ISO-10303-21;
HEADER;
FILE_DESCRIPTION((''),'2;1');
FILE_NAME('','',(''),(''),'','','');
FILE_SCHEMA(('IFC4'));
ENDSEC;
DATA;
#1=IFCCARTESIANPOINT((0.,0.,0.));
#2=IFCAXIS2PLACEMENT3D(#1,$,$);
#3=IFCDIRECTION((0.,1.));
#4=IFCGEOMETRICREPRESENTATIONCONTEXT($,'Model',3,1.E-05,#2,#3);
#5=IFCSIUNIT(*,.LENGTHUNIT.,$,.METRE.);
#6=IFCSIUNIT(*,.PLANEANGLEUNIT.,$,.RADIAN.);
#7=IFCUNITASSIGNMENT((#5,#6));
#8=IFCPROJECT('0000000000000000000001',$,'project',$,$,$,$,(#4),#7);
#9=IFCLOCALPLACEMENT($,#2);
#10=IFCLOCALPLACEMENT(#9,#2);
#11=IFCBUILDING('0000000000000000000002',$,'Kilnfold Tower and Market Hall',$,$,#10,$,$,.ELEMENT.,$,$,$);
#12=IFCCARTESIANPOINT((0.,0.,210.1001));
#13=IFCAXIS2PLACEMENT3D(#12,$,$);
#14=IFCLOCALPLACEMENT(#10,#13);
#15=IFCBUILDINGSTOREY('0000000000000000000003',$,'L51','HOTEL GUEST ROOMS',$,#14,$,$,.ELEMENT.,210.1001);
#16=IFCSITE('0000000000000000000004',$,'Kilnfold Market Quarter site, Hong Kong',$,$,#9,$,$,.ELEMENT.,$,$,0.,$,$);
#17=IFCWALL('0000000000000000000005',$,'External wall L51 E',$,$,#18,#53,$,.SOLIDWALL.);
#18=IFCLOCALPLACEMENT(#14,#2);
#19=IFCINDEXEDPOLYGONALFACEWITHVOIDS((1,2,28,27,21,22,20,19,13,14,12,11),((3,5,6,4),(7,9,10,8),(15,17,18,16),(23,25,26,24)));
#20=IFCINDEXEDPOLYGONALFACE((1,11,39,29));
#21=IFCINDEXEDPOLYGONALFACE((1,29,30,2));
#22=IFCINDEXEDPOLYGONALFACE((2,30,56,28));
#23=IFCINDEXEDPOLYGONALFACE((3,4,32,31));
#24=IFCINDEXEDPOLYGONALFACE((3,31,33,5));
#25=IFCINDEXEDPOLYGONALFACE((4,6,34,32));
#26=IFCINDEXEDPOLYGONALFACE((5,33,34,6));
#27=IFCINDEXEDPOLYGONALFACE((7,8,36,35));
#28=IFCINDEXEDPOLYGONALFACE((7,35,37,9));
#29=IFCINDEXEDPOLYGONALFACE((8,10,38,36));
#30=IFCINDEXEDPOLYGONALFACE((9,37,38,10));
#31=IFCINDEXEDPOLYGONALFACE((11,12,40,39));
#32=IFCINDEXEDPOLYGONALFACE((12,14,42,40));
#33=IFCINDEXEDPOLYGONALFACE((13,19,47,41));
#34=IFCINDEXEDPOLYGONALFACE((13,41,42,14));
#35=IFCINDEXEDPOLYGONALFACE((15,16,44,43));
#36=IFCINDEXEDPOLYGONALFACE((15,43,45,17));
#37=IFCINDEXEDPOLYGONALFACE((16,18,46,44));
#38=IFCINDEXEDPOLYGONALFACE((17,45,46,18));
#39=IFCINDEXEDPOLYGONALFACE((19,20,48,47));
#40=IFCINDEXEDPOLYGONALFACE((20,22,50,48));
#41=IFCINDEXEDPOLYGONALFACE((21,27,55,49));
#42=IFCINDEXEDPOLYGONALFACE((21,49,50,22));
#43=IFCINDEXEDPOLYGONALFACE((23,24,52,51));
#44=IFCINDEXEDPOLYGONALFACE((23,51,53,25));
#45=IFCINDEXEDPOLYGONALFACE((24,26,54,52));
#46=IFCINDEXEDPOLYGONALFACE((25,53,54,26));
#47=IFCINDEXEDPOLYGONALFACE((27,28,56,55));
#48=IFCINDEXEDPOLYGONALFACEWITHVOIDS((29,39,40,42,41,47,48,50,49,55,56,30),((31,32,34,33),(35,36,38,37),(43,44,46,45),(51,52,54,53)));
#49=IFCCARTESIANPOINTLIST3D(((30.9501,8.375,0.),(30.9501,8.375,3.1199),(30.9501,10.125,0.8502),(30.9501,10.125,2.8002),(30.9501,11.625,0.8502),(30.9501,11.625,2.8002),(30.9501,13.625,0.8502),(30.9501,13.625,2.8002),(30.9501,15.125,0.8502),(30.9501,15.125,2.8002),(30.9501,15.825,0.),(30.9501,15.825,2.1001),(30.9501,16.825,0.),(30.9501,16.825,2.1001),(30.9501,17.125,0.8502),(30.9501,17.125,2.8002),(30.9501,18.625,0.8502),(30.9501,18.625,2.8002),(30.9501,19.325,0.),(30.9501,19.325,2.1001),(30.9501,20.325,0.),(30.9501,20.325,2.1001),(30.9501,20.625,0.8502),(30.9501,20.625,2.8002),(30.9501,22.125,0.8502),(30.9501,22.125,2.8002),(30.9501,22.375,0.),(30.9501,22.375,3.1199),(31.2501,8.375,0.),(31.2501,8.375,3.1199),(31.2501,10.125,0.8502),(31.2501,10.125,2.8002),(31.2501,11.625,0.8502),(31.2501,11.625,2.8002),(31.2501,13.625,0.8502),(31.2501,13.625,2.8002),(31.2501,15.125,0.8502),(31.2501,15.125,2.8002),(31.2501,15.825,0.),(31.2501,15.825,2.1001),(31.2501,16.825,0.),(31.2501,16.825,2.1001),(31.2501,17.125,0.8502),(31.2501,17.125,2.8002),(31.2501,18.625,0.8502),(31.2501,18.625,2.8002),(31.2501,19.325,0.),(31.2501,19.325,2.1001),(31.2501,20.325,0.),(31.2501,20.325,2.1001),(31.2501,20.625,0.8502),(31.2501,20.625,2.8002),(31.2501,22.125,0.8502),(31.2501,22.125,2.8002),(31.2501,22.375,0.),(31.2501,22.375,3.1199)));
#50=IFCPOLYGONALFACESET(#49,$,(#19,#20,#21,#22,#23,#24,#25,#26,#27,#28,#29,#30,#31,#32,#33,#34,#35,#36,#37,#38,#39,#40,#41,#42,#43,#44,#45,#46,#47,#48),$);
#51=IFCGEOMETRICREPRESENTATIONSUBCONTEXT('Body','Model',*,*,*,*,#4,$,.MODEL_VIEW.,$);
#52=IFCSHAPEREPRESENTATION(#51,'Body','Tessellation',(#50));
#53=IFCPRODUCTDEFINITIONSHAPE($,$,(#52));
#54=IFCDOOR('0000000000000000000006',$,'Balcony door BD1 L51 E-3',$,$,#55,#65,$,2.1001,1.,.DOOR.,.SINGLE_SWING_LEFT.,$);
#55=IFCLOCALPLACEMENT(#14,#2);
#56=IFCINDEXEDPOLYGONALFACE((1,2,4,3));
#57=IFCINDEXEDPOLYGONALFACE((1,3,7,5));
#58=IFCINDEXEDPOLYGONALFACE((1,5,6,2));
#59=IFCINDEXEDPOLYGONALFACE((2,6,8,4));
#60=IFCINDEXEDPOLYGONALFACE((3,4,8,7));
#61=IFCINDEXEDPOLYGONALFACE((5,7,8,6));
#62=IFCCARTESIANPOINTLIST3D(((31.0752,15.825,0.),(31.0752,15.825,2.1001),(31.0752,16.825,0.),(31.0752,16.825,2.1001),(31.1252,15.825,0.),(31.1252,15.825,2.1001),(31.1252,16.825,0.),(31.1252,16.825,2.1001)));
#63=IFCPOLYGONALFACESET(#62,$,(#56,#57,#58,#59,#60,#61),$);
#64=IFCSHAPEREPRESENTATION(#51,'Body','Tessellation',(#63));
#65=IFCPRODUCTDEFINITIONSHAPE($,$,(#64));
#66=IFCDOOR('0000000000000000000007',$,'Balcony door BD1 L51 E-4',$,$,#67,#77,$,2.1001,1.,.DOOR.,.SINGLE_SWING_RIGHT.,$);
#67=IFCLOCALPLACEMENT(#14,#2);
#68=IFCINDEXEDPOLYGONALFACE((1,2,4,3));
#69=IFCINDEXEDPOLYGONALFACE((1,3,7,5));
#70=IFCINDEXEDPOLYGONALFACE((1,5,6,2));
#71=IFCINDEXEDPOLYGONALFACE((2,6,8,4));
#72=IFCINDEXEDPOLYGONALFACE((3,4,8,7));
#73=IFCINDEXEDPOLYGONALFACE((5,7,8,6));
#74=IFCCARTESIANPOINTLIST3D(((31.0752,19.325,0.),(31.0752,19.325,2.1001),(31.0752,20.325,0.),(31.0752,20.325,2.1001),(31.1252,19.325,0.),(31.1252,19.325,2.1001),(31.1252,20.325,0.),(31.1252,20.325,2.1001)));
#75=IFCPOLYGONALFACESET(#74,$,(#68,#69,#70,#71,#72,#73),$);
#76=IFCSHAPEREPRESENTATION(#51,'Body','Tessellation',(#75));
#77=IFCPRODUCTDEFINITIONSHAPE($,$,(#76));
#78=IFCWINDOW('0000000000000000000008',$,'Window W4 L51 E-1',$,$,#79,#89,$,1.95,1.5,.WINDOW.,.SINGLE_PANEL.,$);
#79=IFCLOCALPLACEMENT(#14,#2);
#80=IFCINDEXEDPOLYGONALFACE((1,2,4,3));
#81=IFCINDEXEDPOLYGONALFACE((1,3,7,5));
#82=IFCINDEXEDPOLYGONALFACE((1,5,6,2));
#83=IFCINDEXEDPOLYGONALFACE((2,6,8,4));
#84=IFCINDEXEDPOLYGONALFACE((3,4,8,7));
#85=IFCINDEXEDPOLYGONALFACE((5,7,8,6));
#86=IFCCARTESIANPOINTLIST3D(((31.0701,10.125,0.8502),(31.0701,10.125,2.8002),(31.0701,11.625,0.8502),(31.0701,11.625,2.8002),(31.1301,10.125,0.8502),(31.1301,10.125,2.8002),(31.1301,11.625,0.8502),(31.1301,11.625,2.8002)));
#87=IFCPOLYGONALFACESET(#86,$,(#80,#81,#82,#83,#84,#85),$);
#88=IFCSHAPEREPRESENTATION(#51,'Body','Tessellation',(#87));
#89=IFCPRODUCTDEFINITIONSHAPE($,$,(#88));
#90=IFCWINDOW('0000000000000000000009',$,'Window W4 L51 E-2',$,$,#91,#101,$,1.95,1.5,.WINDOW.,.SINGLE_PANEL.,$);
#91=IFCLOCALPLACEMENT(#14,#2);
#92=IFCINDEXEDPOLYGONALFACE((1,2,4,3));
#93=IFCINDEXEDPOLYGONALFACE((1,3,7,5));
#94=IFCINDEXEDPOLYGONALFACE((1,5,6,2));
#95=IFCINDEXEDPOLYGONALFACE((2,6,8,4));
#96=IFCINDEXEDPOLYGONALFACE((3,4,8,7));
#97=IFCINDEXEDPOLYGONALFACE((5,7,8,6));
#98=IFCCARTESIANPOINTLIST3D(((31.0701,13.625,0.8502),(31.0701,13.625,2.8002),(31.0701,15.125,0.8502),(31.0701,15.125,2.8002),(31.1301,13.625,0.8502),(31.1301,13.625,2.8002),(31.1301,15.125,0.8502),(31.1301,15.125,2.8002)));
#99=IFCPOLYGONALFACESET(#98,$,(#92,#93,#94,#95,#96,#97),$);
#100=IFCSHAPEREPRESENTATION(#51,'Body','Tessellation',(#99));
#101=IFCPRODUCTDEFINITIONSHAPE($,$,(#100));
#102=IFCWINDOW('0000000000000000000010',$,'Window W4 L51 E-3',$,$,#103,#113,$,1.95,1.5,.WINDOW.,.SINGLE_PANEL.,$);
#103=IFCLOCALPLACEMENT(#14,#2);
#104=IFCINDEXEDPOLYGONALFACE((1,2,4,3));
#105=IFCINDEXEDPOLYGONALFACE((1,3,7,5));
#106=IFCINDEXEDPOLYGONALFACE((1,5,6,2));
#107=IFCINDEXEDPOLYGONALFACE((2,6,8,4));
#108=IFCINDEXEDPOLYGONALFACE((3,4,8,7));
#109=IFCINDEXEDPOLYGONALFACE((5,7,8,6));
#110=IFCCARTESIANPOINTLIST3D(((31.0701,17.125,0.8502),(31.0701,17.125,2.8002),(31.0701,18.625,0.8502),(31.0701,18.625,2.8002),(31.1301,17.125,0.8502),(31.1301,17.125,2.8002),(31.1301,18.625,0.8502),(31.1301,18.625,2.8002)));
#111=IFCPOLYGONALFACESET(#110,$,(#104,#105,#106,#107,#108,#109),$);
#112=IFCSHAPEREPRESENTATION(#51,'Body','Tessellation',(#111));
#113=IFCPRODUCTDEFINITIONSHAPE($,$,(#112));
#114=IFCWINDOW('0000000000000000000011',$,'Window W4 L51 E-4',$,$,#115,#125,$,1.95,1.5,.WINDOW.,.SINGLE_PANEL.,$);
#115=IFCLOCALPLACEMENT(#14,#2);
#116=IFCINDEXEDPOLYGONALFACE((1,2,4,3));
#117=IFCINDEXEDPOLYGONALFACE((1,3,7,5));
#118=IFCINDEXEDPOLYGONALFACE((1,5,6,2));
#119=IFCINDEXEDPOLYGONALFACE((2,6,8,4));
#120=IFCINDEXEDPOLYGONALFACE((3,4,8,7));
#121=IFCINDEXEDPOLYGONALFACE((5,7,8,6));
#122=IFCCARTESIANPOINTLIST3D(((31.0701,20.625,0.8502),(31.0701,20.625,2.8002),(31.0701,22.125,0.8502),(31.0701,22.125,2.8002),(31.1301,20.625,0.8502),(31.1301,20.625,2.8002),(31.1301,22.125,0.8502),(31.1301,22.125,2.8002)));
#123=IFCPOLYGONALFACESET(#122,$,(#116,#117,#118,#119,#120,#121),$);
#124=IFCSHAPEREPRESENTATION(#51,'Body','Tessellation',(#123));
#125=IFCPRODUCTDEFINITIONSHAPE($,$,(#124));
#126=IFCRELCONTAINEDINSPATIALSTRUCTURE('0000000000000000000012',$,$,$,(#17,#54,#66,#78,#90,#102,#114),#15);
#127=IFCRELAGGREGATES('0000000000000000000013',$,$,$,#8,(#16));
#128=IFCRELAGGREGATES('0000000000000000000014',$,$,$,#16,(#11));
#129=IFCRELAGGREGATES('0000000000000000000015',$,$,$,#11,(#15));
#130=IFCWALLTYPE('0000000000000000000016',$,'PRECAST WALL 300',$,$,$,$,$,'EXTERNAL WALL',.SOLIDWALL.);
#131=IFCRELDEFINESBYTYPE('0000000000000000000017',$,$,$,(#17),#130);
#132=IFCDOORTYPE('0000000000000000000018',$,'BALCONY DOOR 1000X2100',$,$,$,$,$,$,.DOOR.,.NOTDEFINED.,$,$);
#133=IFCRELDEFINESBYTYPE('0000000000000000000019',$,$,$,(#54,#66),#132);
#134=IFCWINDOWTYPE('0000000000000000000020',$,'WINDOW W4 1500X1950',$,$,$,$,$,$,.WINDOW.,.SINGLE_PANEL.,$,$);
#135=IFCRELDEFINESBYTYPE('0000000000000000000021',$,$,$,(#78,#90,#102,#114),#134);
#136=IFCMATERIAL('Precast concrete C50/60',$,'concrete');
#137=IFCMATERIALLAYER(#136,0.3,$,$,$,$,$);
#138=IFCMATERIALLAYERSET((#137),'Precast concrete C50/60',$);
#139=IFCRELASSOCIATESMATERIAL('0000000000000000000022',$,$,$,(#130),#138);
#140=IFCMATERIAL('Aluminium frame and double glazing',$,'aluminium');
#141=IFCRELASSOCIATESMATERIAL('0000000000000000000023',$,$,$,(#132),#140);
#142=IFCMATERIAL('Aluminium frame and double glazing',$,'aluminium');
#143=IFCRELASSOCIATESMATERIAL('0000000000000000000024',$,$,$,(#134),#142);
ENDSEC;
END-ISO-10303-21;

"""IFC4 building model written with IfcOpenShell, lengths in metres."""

from ifc_helpers import new_model, si_unit, direction, frame, frame_2d, origin, place, context, subcontext, project, spatial, rectangle, extrude, source, transform, mapped, material, layer, layer_set, type_object, element, fill, save


model = new_model("IFC4")

# Units and contexts
model_context = context("Model", 3, precision=1e-05, world=origin(), true_north=direction((0.0, 1.0)))
body_context = subcontext(model_context, "Body", "Model", "MODEL_VIEW")
ifc_project = project(units=[si_unit("LENGTHUNIT", "METRE"), si_unit("PLANEANGLEUNIT", "RADIAN")], contexts=[model_context])

# Site, building, storey
site_placement = place(None, origin())
site = spatial("IfcSite", under=ifc_project, at=site_placement, Name="Kilnfold Market Quarter site, Hong Kong", CompositionType="ELEMENT", RefElevation=0.0)
building_placement = place(site_placement, origin())
building = spatial("IfcBuilding", under=site, at=building_placement, Name="Kilnfold Tower and Market Hall", CompositionType="ELEMENT")
storey_placement = place(building_placement, frame((0.0, 0.0, 210.1001)))
storey = spatial("IfcBuildingStorey", under=building, at=storey_placement, Name="L51", Description="HOTEL GUEST ROOMS", CompositionType="ELEMENT", Elevation=210.1001)

# Wall, openings, doors, windows
ifc_material_1 = material(Name="Precast concrete C50/60", Category="concrete")
ifc_layer_1 = layer(ifc_material_1, 0.3)
ifc_layer_set_1 = layer_set([ifc_layer_1], Name="Precast concrete C50/60")
wall_type_1 = type_object("IfcWallType", Name="PRECAST WALL 300", ElementType="EXTERNAL WALL", PredefinedType="SOLIDWALL", material=ifc_layer_set_1)
shared_shape_1 = source(origin(), body_context, "Body", "SweptSolid", [
    extrude(rectangle(XDim=14.0, YDim=0.3, at=frame_2d((7.0, 0.0))), origin(), (0.0, 0.0, 1.0), 3.1199),
])
wall_1_placement = place(storey_placement, frame((31.1001, 8.375, 0.0), z_axis=(0.0, 0.0, 1.0), x_axis=(0.0, 1.0, 0.0)))
wall_1 = element("IfcWall", 1, at=wall_1_placement, inside=storey, type_object=wall_type_1, Name="External wall L51 E", PredefinedType="SOLIDWALL", context=body_context, shape_type="MappedRepresentation", body=[
    mapped(shared_shape_1, transform((0.0, 0.0, 0.0))),
])
opening_1_placement = place(wall_1_placement, frame((1.75, 0.0, 0.8501)))
opening_1 = element("IfcOpeningElement", 2, at=opening_1_placement, cuts=wall_1, PredefinedType="OPENING", context=body_context, shape_type="SweptSolid", body=[
    extrude(rectangle(XDim=1.5, YDim=1.95, at=frame_2d((0.75, 0.9751))), frame((0.0, 0.1602, 0.0), z_axis=(0.0, -1.0, 0.0), x_axis=(1.0, 0.0, 0.0)), (0.0, 0.0, 1.0), 0.3201),
])
opening_2_placement = place(wall_1_placement, frame((5.25, 0.0, 0.8501)))
opening_2 = element("IfcOpeningElement", 3, at=opening_2_placement, cuts=wall_1, PredefinedType="OPENING", context=body_context, shape_type="SweptSolid", body=[
    extrude(rectangle(XDim=1.5, YDim=1.95, at=frame_2d((0.75, 0.9751))), frame((0.0, 0.1602, 0.0), z_axis=(0.0, -1.0, 0.0), x_axis=(1.0, 0.0, 0.0)), (0.0, 0.0, 1.0), 0.3201),
])
opening_3_placement = place(wall_1_placement, frame((8.75, 0.0, 0.8501)))
opening_3 = element("IfcOpeningElement", 4, at=opening_3_placement, cuts=wall_1, PredefinedType="OPENING", context=body_context, shape_type="SweptSolid", body=[
    extrude(rectangle(XDim=1.5, YDim=1.95, at=frame_2d((0.75, 0.9751))), frame((0.0, 0.1602, 0.0), z_axis=(0.0, -1.0, 0.0), x_axis=(1.0, 0.0, 0.0)), (0.0, 0.0, 1.0), 0.3201),
])
opening_4_placement = place(wall_1_placement, frame((7.45, 0.0, 0.0)))
opening_4 = element("IfcOpeningElement", 5, at=opening_4_placement, cuts=wall_1, PredefinedType="OPENING", context=body_context, shape_type="SweptSolid", body=[
    extrude(rectangle(XDim=1.0, YDim=2.1001, at=frame_2d((0.5, 1.05))), frame((0.0, 0.1602, 0.0), z_axis=(0.0, -1.0, 0.0), x_axis=(1.0, 0.0, 0.0)), (0.0, 0.0, 1.0), 0.3201),
])
opening_5_placement = place(wall_1_placement, frame((12.25, 0.0, 0.8501)))
opening_5 = element("IfcOpeningElement", 6, at=opening_5_placement, cuts=wall_1, PredefinedType="OPENING", context=body_context, shape_type="SweptSolid", body=[
    extrude(rectangle(XDim=1.5, YDim=1.95, at=frame_2d((0.75, 0.9751))), frame((0.0, 0.1602, 0.0), z_axis=(0.0, -1.0, 0.0), x_axis=(1.0, 0.0, 0.0)), (0.0, 0.0, 1.0), 0.3201),
])
opening_6_placement = place(wall_1_placement, frame((10.95, 0.0, 0.0)))
opening_6 = element("IfcOpeningElement", 7, at=opening_6_placement, cuts=wall_1, PredefinedType="OPENING", context=body_context, shape_type="SweptSolid", body=[
    extrude(rectangle(XDim=1.0, YDim=2.1001, at=frame_2d((0.5, 1.05))), frame((0.0, 0.1602, 0.0), z_axis=(0.0, -1.0, 0.0), x_axis=(1.0, 0.0, 0.0)), (0.0, 0.0, 1.0), 0.3201),
])
ifc_material_2 = material(Name="Aluminium frame and double glazing", Category="aluminium")
door_type_1 = type_object("IfcDoorType", Name="BALCONY DOOR 1000X2100", OperationType="NOTDEFINED", PredefinedType="DOOR", material=ifc_material_2)
door_1_placement = place(opening_4_placement, origin())
door_1 = element("IfcDoor", 8, at=door_1_placement, inside=storey, type_object=door_type_1, Name="Balcony door BD1 L51 E-3", OperationType="SINGLE_SWING_LEFT", OverallHeight=2.1001, OverallWidth=1.0, PredefinedType="DOOR", context=body_context, shape_type="SweptSolid", body=[
    extrude(rectangle(XDim=1.0, YDim=2.1001, at=frame_2d((0.5, 1.05))), frame((0.0, 0.0249, 0.0), z_axis=(0.0, -1.0, 0.0), x_axis=(1.0, 0.0, 0.0)), (0.0, 0.0, 1.0), 0.05),
])
fill(opening_4, door_1)
door_2_placement = place(opening_6_placement, origin())
door_2 = element("IfcDoor", 9, at=door_2_placement, inside=storey, type_object=door_type_1, Name="Balcony door BD1 L51 E-4", OperationType="SINGLE_SWING_RIGHT", OverallHeight=2.1001, OverallWidth=1.0, PredefinedType="DOOR", context=body_context, shape_type="SweptSolid", body=[
    extrude(rectangle(XDim=1.0, YDim=2.1001, at=frame_2d((0.5, 1.05))), frame((0.0, 0.0249, 0.0), z_axis=(0.0, -1.0, 0.0), x_axis=(1.0, 0.0, 0.0)), (0.0, 0.0, 1.0), 0.05),
])
fill(opening_6, door_2)
ifc_material_3 = material(Name="Aluminium frame and double glazing", Category="aluminium")
window_type = type_object("IfcWindowType", Name="WINDOW W4 1500X1950", PartitioningType="SINGLE_PANEL", PredefinedType="WINDOW", material=ifc_material_3)
window_1_placement = place(opening_1_placement, origin())
window_1 = element("IfcWindow", 10, at=window_1_placement, inside=storey, type_object=window_type, Name="Window W4 L51 E-1", OverallHeight=1.95, OverallWidth=1.5, PartitioningType="SINGLE_PANEL", PredefinedType="WINDOW", context=body_context, shape_type="SweptSolid", body=[
    extrude(rectangle(XDim=1.5, YDim=1.95, at=frame_2d((0.75, 0.9751))), frame((0.0, 0.03, 0.0), z_axis=(0.0, -1.0, 0.0), x_axis=(1.0, 0.0, 0.0)), (0.0, 0.0, 1.0), 0.0601),
])
fill(opening_1, window_1)
window_2_placement = place(opening_2_placement, origin())
window_2 = element("IfcWindow", 11, at=window_2_placement, inside=storey, type_object=window_type, Name="Window W4 L51 E-2", OverallHeight=1.95, OverallWidth=1.5, PartitioningType="SINGLE_PANEL", PredefinedType="WINDOW", context=body_context, shape_type="SweptSolid", body=[
    extrude(rectangle(XDim=1.5, YDim=1.95, at=frame_2d((0.75, 0.9751))), frame((0.0, 0.03, 0.0), z_axis=(0.0, -1.0, 0.0), x_axis=(1.0, 0.0, 0.0)), (0.0, 0.0, 1.0), 0.0601),
])
fill(opening_2, window_2)
window_3_placement = place(opening_3_placement, origin())
window_3 = element("IfcWindow", 12, at=window_3_placement, inside=storey, type_object=window_type, Name="Window W4 L51 E-3", OverallHeight=1.95, OverallWidth=1.5, PartitioningType="SINGLE_PANEL", PredefinedType="WINDOW", context=body_context, shape_type="SweptSolid", body=[
    extrude(rectangle(XDim=1.5, YDim=1.95, at=frame_2d((0.75, 0.9751))), frame((0.0, 0.03, 0.0), z_axis=(0.0, -1.0, 0.0), x_axis=(1.0, 0.0, 0.0)), (0.0, 0.0, 1.0), 0.0601),
])
fill(opening_3, window_3)
window_4_placement = place(opening_5_placement, origin())
window_4 = element("IfcWindow", 13, at=window_4_placement, inside=storey, type_object=window_type, Name="Window W4 L51 E-4", OverallHeight=1.95, OverallWidth=1.5, PartitioningType="SINGLE_PANEL", PredefinedType="WINDOW", context=body_context, shape_type="SweptSolid", body=[
    extrude(rectangle(XDim=1.5, YDim=1.95, at=frame_2d((0.75, 0.9751))), frame((0.0, 0.03, 0.0), z_axis=(0.0, -1.0, 0.0), x_axis=(1.0, 0.0, 0.0)), (0.0, 0.0, 1.0), 0.0601),
])
fill(opening_5, window_4)

save(model, "model.ifc")
